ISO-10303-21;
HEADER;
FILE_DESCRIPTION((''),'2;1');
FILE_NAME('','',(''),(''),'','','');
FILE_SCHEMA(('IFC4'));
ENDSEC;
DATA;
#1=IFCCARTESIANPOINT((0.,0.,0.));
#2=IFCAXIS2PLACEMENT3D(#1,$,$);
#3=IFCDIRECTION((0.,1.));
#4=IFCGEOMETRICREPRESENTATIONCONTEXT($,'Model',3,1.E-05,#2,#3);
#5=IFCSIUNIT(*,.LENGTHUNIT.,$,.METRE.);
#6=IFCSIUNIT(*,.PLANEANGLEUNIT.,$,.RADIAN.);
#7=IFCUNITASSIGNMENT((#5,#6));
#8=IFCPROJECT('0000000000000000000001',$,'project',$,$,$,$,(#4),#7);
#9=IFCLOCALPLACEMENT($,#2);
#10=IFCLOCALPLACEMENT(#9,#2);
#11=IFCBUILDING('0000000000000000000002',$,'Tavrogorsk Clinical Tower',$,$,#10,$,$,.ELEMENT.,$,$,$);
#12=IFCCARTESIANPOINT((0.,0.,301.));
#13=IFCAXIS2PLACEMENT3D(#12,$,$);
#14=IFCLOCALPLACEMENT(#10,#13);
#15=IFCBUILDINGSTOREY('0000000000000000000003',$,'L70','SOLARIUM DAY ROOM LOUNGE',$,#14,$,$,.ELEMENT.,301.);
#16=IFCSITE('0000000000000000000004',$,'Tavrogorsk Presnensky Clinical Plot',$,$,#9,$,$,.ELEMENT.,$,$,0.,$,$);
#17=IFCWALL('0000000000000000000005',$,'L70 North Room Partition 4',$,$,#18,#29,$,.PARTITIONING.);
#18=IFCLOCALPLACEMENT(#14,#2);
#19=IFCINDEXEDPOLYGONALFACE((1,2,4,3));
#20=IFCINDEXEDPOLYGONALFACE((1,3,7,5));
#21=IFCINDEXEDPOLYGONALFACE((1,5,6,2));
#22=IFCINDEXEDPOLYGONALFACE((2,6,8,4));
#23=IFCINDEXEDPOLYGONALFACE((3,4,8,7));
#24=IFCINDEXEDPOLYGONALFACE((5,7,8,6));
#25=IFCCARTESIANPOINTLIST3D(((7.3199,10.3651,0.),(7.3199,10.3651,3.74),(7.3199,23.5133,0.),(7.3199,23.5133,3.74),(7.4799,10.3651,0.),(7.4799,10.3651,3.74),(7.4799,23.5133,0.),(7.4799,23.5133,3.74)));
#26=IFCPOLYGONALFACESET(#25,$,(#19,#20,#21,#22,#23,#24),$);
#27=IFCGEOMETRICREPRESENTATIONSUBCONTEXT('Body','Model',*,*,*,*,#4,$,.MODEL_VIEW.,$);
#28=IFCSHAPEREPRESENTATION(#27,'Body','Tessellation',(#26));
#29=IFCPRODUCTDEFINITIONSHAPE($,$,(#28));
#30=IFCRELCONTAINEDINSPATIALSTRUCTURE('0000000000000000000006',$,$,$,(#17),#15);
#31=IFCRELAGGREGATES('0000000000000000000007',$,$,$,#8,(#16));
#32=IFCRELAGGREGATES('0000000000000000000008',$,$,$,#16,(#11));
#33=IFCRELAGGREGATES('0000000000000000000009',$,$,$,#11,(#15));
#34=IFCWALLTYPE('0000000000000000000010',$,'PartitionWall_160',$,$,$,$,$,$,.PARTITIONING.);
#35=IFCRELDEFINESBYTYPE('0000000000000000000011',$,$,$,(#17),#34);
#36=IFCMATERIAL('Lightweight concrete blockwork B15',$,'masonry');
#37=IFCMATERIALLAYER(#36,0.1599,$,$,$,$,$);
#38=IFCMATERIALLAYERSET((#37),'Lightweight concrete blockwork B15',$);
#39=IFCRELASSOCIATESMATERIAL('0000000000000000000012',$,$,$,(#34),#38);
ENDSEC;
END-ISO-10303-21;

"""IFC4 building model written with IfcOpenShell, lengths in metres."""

from ifc_helpers import new_model, si_unit, direction, frame, frame_2d, origin, place, context, subcontext, project, spatial, rectangle, extrude, material, layer, layer_set, type_object, element, save


model = new_model("IFC4")

# Units and contexts
model_context = context("Model", 3, precision=1e-05, world=origin(), true_north=direction((0.0, 1.0)))
body_context = subcontext(model_context, "Body", "Model", "MODEL_VIEW")
ifc_project = project(units=[si_unit("LENGTHUNIT", "METRE"), si_unit("PLANEANGLEUNIT", "RADIAN")], contexts=[model_context])

# Site, building, storey
site_placement = place(None, origin())
site = spatial("IfcSite", under=ifc_project, at=site_placement, Name="Tavrogorsk Presnensky Clinical Plot", CompositionType="ELEMENT", RefElevation=0.0)
building_placement = place(site_placement, origin())
building = spatial("IfcBuilding", under=site, at=building_placement, Name="Tavrogorsk Clinical Tower", CompositionType="ELEMENT")
storey_placement = place(building_placement, frame((0.0, 0.0, 301.0)))
storey = spatial("IfcBuildingStorey", under=building, at=storey_placement, Name="L70", Description="SOLARIUM DAY ROOM LOUNGE", CompositionType="ELEMENT", Elevation=301.0)

# Shared definitions
ifc_material_1 = material(Name="Lightweight concrete blockwork B15", Category="masonry")
ifc_layer_1 = layer(ifc_material_1, 0.1599)
ifc_layer_set_1 = layer_set([ifc_layer_1], Name="Lightweight concrete blockwork B15")
wall_type = type_object("IfcWallType", Name="PartitionWall_160", PredefinedType="PARTITIONING", material=ifc_layer_set_1)

# Wall
wall_1_placement = place(storey_placement, frame((7.3999, 10.365, 0.0), z_axis=(0.0, 0.0, 1.0), x_axis=(0.0, 1.0, 0.0)))
element("IfcWall", 1, at=wall_1_placement, inside=storey, type_object=wall_type, Name="L70 North Room Partition 4", PredefinedType="PARTITIONING", context=body_context, shape_type="SweptSolid", body=[
    extrude(rectangle(XDim=13.1482, YDim=0.1599, at=frame_2d((6.5742, 0.0))), origin(), (0.0, 0.0, 1.0), 3.74),
])

save(model, "model.ifc")
